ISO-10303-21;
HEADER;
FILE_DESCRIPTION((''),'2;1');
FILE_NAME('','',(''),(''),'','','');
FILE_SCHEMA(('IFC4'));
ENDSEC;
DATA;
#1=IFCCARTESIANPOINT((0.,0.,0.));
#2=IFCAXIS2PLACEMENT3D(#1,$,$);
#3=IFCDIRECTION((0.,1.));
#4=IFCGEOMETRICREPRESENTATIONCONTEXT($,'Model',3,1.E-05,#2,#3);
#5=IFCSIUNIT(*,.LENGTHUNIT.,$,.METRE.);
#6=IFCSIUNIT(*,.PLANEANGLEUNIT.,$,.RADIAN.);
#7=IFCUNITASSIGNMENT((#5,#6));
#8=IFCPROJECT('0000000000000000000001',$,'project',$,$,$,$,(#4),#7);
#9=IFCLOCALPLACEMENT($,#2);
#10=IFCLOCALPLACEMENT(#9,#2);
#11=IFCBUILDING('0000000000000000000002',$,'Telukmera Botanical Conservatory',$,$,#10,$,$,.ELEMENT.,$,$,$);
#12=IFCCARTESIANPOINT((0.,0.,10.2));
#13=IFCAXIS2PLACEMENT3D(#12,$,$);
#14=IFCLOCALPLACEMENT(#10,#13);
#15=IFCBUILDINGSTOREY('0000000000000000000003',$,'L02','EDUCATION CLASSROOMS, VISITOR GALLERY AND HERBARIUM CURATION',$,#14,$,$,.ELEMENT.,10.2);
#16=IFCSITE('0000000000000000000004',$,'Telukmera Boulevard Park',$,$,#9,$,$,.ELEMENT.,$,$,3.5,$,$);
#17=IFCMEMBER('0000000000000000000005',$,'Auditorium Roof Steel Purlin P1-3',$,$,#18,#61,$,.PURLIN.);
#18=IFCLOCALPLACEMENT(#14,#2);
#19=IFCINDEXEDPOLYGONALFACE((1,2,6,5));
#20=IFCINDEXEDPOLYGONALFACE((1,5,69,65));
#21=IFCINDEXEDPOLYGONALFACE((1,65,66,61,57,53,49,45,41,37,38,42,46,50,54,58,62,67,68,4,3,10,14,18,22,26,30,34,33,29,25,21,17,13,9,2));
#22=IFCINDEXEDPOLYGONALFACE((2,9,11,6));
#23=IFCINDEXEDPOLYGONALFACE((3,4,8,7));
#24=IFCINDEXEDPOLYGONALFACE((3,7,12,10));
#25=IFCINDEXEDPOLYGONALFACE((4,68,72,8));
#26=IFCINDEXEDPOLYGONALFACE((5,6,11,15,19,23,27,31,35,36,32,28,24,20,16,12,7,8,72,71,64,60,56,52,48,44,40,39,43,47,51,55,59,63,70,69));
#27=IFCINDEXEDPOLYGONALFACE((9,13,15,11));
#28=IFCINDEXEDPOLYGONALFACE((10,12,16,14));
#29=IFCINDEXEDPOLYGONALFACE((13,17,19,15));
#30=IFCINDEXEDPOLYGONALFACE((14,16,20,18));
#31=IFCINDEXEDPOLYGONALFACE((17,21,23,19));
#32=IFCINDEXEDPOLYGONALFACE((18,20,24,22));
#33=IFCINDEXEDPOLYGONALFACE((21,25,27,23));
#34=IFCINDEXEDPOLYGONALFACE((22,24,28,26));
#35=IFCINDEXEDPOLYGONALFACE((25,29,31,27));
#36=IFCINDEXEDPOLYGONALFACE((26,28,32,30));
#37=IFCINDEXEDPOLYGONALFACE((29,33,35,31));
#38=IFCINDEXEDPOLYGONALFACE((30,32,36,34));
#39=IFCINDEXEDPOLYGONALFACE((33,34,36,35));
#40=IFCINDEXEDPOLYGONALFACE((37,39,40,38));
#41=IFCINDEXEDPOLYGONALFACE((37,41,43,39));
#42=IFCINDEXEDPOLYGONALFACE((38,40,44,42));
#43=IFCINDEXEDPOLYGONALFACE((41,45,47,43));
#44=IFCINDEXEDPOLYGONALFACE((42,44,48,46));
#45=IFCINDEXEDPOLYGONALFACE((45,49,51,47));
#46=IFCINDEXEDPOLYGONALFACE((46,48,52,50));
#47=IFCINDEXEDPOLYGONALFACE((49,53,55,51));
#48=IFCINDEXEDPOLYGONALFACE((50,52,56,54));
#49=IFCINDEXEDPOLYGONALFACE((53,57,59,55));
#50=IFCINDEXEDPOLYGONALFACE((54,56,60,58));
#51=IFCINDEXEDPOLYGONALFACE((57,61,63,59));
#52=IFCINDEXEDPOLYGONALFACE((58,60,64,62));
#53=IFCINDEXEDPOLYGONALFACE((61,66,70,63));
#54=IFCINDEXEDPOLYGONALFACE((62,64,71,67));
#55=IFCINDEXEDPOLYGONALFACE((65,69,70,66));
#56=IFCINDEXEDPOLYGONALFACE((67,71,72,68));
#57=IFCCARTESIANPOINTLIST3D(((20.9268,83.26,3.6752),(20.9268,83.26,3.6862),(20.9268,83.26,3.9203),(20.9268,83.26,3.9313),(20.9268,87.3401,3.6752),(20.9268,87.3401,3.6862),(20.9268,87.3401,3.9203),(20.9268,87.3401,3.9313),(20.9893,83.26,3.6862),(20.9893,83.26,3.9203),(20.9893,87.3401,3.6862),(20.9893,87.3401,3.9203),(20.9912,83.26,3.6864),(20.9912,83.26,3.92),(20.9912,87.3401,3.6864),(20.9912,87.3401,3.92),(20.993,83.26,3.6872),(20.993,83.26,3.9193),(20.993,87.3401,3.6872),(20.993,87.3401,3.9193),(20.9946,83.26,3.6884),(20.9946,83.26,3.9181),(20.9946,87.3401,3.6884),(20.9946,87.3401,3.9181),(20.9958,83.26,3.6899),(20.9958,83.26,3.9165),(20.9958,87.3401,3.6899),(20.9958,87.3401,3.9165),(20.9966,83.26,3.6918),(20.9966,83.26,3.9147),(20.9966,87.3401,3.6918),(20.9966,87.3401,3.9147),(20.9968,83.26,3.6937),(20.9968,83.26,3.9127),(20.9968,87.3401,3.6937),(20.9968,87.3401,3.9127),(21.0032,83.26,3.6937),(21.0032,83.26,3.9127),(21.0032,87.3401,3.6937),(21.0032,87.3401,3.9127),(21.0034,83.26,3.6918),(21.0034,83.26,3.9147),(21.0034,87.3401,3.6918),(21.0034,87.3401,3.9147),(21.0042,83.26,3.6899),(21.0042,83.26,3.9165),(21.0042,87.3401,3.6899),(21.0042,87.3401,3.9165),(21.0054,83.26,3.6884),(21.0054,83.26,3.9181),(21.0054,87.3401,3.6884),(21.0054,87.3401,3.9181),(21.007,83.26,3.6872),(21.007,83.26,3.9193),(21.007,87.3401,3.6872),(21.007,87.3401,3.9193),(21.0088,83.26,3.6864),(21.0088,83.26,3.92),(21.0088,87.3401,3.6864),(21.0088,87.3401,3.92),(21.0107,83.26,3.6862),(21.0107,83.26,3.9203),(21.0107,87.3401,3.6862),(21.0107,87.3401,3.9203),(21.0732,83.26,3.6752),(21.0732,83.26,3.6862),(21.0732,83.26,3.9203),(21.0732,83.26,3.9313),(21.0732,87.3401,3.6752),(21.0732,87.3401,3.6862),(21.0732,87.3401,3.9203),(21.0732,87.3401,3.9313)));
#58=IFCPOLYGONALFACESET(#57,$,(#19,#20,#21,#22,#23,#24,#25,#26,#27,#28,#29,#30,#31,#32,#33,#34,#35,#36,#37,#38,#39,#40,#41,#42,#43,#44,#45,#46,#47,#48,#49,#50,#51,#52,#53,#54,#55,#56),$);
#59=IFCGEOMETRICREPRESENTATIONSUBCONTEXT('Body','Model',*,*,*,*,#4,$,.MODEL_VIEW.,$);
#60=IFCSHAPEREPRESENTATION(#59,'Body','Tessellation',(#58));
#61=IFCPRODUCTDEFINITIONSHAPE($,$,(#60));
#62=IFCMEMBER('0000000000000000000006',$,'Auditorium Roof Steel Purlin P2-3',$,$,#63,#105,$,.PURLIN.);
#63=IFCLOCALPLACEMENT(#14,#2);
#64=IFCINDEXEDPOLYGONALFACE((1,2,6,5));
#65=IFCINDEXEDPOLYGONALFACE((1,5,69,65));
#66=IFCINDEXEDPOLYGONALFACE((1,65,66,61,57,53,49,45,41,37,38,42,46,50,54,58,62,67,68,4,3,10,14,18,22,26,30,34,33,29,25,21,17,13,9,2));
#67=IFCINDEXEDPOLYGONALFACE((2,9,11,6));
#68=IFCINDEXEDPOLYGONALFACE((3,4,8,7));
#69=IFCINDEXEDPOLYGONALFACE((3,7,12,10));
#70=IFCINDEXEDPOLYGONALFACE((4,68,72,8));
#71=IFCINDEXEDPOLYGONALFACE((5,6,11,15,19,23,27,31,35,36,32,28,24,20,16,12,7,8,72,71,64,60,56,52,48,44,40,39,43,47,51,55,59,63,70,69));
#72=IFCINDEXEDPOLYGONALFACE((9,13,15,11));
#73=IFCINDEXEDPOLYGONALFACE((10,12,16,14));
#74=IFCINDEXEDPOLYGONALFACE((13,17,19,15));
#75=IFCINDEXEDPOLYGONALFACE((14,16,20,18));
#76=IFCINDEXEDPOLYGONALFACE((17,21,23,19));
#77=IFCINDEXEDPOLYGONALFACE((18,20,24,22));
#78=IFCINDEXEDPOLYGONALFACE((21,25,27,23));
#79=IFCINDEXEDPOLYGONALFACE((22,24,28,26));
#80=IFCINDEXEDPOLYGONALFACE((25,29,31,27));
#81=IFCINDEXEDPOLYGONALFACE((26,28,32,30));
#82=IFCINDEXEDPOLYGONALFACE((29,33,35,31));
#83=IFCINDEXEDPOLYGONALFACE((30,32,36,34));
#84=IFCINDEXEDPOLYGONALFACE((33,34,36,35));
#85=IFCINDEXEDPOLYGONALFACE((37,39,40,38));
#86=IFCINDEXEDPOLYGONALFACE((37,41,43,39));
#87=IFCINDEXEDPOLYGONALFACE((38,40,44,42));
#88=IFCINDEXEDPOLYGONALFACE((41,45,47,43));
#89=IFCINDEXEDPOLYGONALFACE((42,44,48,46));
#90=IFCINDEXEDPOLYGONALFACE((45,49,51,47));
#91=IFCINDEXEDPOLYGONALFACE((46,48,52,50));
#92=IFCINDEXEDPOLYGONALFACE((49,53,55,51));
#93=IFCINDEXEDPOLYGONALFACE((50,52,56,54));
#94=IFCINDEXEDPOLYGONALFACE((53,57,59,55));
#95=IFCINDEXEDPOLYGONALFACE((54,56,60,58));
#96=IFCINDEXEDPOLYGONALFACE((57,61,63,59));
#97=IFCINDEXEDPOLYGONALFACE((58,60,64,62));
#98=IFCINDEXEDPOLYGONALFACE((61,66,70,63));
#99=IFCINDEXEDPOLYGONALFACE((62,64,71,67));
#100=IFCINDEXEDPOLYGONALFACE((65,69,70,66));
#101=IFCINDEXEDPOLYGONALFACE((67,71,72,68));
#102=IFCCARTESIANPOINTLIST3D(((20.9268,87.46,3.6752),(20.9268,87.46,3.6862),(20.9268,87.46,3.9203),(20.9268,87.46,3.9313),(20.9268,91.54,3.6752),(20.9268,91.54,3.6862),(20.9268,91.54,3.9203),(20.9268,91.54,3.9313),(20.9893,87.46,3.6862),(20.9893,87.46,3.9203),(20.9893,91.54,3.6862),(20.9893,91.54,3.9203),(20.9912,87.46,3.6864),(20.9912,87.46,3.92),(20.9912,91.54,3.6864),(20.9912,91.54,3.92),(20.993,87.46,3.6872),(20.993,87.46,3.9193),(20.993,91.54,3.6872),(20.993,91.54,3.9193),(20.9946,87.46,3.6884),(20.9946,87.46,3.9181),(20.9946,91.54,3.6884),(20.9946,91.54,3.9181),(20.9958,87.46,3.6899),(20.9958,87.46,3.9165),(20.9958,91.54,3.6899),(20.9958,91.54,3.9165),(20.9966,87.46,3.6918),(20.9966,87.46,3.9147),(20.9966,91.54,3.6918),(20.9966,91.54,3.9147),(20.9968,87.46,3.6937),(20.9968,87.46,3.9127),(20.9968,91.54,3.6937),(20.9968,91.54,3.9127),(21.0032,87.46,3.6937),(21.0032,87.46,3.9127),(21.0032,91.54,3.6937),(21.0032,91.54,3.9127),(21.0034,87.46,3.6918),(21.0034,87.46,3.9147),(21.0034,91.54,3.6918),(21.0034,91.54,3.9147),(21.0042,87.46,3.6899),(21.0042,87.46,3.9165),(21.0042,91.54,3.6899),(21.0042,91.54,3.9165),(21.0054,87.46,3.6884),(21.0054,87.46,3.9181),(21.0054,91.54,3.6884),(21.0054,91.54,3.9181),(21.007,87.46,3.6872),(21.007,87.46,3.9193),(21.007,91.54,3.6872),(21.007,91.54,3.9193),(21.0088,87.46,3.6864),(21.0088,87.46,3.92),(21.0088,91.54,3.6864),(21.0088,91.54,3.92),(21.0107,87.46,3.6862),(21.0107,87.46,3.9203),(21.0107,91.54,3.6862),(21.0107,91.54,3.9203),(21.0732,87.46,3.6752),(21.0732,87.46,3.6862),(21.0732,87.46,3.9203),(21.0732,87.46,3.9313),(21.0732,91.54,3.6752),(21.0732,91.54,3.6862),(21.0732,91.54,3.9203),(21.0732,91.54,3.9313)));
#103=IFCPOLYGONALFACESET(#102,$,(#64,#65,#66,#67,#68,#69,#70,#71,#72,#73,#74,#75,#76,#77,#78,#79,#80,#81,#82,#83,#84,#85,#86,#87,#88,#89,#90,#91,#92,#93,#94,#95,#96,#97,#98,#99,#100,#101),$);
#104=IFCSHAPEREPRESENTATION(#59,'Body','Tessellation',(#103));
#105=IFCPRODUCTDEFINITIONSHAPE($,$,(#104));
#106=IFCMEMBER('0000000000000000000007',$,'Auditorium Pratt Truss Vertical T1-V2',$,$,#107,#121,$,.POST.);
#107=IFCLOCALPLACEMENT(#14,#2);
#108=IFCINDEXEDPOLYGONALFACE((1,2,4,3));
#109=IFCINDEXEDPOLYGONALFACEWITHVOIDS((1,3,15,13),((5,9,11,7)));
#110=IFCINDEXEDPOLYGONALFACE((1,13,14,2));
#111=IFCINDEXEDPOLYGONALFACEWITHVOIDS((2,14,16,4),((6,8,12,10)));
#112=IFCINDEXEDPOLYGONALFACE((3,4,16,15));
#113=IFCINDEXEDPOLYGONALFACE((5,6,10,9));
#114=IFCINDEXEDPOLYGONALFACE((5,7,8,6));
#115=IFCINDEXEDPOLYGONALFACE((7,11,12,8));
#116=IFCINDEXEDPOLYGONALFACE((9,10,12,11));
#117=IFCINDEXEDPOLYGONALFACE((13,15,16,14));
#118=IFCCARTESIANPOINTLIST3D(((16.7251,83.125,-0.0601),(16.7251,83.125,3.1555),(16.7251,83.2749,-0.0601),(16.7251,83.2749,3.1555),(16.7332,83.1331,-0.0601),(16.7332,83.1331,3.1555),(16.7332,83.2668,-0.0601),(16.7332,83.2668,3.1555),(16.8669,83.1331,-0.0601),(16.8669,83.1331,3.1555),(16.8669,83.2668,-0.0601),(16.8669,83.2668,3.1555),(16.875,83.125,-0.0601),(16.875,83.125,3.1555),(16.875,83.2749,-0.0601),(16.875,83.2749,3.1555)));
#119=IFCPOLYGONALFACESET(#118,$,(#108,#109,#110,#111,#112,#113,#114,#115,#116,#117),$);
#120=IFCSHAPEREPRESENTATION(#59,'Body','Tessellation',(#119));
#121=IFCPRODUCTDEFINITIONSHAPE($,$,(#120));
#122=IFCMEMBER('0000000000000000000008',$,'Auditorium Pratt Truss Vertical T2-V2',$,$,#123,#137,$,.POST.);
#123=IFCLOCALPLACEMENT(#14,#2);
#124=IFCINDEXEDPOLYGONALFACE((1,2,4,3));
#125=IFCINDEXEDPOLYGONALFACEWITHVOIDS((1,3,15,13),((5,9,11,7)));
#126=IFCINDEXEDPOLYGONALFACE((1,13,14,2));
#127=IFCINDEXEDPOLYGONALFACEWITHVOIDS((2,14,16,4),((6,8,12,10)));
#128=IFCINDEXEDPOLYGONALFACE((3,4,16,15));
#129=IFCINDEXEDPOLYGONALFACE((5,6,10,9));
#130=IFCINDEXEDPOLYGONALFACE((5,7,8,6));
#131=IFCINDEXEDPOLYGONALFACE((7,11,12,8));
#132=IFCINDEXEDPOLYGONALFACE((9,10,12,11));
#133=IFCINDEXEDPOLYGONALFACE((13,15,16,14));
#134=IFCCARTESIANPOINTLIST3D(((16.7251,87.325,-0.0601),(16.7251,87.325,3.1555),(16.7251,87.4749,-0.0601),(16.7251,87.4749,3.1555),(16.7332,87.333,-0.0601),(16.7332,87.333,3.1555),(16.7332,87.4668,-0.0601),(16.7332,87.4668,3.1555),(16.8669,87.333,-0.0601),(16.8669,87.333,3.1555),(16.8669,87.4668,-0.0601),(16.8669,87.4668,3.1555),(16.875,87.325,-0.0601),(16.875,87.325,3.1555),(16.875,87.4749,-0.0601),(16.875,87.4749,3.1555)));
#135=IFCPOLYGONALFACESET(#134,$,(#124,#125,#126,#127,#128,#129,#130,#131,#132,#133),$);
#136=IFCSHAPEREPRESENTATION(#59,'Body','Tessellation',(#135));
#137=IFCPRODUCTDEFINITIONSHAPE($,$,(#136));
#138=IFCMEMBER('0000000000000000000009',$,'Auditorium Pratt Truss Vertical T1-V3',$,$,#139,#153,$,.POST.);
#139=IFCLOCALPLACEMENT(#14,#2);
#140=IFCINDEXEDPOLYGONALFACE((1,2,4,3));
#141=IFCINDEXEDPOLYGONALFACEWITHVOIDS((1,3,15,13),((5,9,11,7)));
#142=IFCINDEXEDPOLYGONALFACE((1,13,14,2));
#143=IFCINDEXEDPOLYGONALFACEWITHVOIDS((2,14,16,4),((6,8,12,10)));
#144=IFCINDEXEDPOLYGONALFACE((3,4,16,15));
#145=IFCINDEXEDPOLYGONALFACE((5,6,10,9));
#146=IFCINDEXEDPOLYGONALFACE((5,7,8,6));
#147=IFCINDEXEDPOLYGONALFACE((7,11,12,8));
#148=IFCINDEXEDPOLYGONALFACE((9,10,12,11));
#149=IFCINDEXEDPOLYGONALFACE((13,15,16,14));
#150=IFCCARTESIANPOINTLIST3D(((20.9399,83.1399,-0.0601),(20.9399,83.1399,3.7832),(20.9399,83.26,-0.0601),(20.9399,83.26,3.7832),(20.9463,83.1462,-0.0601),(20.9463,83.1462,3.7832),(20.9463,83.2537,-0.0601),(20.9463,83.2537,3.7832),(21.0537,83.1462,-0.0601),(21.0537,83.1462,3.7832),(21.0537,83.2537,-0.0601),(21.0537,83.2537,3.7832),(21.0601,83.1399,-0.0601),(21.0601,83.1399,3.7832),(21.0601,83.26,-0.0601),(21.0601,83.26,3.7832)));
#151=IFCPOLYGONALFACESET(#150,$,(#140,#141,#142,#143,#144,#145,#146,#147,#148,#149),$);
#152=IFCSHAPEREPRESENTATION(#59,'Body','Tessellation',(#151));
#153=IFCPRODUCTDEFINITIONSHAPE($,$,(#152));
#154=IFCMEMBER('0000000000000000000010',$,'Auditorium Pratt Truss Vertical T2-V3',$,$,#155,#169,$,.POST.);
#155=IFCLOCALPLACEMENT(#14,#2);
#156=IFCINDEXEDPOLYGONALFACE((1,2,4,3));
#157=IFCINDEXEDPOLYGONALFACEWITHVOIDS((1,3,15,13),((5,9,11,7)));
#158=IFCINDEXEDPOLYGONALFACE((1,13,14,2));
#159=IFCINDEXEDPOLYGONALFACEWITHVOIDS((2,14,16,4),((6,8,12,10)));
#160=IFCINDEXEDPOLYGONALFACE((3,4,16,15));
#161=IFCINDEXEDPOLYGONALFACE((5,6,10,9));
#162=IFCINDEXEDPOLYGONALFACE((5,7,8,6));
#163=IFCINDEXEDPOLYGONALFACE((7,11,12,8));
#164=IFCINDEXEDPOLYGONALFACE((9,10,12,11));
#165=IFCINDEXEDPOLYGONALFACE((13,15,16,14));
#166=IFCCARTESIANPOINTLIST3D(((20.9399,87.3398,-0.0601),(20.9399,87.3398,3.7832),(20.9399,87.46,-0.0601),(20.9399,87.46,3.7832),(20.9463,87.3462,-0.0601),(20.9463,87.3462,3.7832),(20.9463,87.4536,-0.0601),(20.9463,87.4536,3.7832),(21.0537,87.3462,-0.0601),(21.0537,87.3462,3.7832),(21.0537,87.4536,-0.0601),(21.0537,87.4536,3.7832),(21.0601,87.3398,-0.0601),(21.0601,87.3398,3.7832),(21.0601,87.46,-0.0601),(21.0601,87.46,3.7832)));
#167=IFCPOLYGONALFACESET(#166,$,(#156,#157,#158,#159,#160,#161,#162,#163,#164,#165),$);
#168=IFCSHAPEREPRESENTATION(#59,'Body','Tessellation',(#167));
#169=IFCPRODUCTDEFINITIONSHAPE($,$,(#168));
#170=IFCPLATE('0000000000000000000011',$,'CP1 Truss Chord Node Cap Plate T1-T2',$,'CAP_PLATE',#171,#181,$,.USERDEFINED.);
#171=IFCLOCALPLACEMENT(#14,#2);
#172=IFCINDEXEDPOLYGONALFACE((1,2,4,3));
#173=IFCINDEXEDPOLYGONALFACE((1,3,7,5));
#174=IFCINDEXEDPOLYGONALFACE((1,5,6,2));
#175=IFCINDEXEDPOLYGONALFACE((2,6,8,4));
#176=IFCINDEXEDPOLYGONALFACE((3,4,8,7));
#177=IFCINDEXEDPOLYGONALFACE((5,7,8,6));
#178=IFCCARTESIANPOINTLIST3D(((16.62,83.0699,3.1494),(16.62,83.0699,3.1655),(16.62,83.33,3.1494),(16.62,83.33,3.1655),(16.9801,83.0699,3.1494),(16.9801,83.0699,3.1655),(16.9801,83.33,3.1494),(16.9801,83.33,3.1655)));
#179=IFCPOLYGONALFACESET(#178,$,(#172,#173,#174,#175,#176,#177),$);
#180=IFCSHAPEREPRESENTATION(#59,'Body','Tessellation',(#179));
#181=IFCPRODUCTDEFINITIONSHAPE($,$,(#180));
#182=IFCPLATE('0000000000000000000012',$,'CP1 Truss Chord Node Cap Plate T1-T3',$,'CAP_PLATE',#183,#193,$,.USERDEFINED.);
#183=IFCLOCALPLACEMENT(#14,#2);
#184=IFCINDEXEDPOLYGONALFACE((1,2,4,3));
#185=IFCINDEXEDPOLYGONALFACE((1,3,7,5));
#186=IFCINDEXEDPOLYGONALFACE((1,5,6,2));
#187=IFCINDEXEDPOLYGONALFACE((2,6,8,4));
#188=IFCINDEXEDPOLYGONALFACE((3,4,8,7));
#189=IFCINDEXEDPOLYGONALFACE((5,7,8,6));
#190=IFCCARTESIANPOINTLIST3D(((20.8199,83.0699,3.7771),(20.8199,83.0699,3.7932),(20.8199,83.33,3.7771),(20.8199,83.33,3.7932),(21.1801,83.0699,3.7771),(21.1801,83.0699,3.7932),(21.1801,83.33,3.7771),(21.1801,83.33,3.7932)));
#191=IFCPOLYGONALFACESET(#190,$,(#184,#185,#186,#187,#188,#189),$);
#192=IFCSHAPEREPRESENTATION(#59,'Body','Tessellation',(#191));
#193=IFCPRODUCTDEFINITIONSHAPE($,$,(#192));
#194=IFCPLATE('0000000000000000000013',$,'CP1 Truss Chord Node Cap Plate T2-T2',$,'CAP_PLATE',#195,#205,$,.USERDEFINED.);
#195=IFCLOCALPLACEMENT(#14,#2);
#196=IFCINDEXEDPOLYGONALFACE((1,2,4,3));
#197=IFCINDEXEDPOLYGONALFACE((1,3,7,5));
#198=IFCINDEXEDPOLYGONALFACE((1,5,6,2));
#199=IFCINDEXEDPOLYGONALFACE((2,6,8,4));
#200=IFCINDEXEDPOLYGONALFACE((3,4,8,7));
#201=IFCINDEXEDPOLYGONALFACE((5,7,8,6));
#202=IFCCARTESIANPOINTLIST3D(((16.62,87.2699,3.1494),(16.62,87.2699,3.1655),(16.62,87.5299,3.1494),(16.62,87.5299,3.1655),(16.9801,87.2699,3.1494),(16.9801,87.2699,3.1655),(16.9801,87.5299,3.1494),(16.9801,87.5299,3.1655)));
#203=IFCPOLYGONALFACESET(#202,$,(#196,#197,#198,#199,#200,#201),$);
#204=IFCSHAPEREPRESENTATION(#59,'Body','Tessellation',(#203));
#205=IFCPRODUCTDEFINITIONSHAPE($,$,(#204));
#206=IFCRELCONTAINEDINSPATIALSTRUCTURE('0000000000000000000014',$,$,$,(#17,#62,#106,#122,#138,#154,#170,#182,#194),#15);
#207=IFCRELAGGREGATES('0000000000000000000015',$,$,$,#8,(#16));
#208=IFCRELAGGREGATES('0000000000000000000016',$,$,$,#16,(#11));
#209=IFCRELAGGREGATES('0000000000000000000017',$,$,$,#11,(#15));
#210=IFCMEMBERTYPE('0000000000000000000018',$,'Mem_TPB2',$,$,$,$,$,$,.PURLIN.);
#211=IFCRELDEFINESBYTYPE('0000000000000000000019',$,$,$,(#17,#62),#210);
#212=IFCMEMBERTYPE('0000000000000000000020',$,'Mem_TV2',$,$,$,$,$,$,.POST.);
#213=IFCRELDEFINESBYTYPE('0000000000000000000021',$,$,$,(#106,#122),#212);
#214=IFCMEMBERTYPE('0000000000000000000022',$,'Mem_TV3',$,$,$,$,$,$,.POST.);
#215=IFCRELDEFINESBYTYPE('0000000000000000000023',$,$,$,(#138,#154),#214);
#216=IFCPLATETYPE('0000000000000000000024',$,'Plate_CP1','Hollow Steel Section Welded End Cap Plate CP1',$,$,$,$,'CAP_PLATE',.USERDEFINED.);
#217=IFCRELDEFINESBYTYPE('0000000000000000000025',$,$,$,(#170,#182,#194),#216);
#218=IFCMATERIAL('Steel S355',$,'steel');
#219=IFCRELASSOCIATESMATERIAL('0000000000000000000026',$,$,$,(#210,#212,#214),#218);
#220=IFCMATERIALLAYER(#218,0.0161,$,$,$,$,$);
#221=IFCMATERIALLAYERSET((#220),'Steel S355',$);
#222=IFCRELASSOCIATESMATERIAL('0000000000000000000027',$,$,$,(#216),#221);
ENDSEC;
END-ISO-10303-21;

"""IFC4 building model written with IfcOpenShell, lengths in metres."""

from ifc_helpers import new_model, si_unit, direction, frame, origin, origin_2d, place, context, subcontext, project, spatial, rectangle, hollow_rectangle, i_section, extrude, material, layer, layer_set, material_profile, profile_set, type_object, element, save


model = new_model("IFC4")

# Units and contexts
model_context = context("Model", 3, precision=1e-05, world=origin(), true_north=direction((0.0, 1.0)))
body_context = subcontext(model_context, "Body", "Model", "MODEL_VIEW")
ifc_project = project(units=[si_unit("LENGTHUNIT", "METRE"), si_unit("PLANEANGLEUNIT", "RADIAN")], contexts=[model_context])

# Site, building, storey
site_placement = place(None, origin())
site = spatial("IfcSite", under=ifc_project, at=site_placement, Name="Telukmera Boulevard Park", CompositionType="ELEMENT", RefElevation=3.5)
building_placement = place(site_placement, origin())
building = spatial("IfcBuilding", under=site, at=building_placement, Name="Telukmera Botanical Conservatory", CompositionType="ELEMENT")
storey_placement = place(building_placement, frame((0.0, 0.0, 10.2)))
storey = spatial("IfcBuildingStorey", under=building, at=storey_placement, Name="L02", Description="EDUCATION CLASSROOMS, VISITOR GALLERY AND HERBARIUM CURATION", CompositionType="ELEMENT", Elevation=10.2)

# Members
ifc_material_1 = material(Name="Steel S355", Category="steel")
ifc_material_profile_1 = material_profile(ifc_material_1, i_section(OverallWidth=0.1465, OverallDepth=0.2561, WebThickness=0.0063, FlangeThickness=0.011, FilletRadius=0.0076, at=origin_2d()), Name="UB 254x146x37")
ifc_profile_set_1 = profile_set([ifc_material_profile_1], Name="Steel S355")
member_type_1 = type_object("IfcMemberType", Name="Mem_TPB2", PredefinedType="PURLIN", material=ifc_profile_set_1)
for number, where, z_axis, x_axis, name in (
    (1, (21.0, 83.26, 3.8032), (0.0, 1.0, 0.0), (-1.0, 0.0, 0.0), "Auditorium Roof Steel Purlin P1-3"),
    (2, (21.0, 87.46, 3.8032), (0.0, 1.0, 0.0), (-1.0, 0.0, 0.0), "Auditorium Roof Steel Purlin P2-3"),
):
    element("IfcMember", number, at=place(storey_placement, frame(where, z_axis=z_axis, x_axis=x_axis)), inside=storey, type_object=member_type_1, Name=name, PredefinedType="PURLIN", context=body_context, shape_type="SweptSolid", body=[
        extrude(i_section(OverallWidth=0.1465, OverallDepth=0.2561, WebThickness=0.0063, FlangeThickness=0.011, FilletRadius=0.0076, at=origin_2d()), origin(), (0.0, 0.0, 1.0), 4.0801),
    ])
ifc_material_profile_2 = material_profile(ifc_material_1, hollow_rectangle(XDim=0.1499, YDim=0.1499, WallThickness=0.0081, at=origin_2d()), Name="SHS 150x150x8.0")
ifc_profile_set_2 = profile_set([ifc_material_profile_2], Name="Steel S355")
member_type_2 = type_object("IfcMemberType", Name="Mem_TV2", PredefinedType="POST", material=ifc_profile_set_2)
for number, where, z_axis, x_axis, name in (
    (3, (16.8, 83.2, -0.0601), (0.0, 0.0, 1.0), (1.0, 0.0, 0.0), "Auditorium Pratt Truss Vertical T1-V2"),
    (4, (16.8, 87.3999, -0.0601), (0.0, 0.0, 1.0), (1.0, 0.0, 0.0), "Auditorium Pratt Truss Vertical T2-V2"),
):
    element("IfcMember", number, at=place(storey_placement, frame(where, z_axis=z_axis, x_axis=x_axis)), inside=storey, type_object=member_type_2, Name=name, PredefinedType="POST", context=body_context, shape_type="SweptSolid", body=[
        extrude(hollow_rectangle(XDim=0.1499, YDim=0.1499, WallThickness=0.0081, at=origin_2d()), origin(), (0.0, 0.0, 1.0), 3.2156),
    ])
ifc_material_profile_3 = material_profile(ifc_material_1, hollow_rectangle(XDim=0.1201, YDim=0.1201, WallThickness=0.0063, at=origin_2d()), Name="SHS 120x120x6.3")
ifc_profile_set_3 = profile_set([ifc_material_profile_3], Name="Steel S355")
member_type_3 = type_object("IfcMemberType", Name="Mem_TV3", PredefinedType="POST", material=ifc_profile_set_3)
for number, where, z_axis, x_axis, name in (
    (5, (21.0, 83.2, -0.0601), (0.0, 0.0, 1.0), (1.0, 0.0, 0.0), "Auditorium Pratt Truss Vertical T1-V3"),
    (6, (21.0, 87.3999, -0.0601), (0.0, 0.0, 1.0), (1.0, 0.0, 0.0), "Auditorium Pratt Truss Vertical T2-V3"),
):
    element("IfcMember", number, at=place(storey_placement, frame(where, z_axis=z_axis, x_axis=x_axis)), inside=storey, type_object=member_type_3, Name=name, PredefinedType="POST", context=body_context, shape_type="SweptSolid", body=[
        extrude(hollow_rectangle(XDim=0.1201, YDim=0.1201, WallThickness=0.0063, at=origin_2d()), origin(), (0.0, 0.0, 1.0), 3.8433),
    ])

# Plates
ifc_layer_1 = layer(ifc_material_1, 0.0161)
ifc_layer_set_1 = layer_set([ifc_layer_1], Name="Steel S355")
plate_type_1 = type_object("IfcPlateType", Name="Plate_CP1", Description="Hollow Steel Section Welded End Cap Plate CP1", ElementType="CAP_PLATE", PredefinedType="USERDEFINED", material=ifc_layer_set_1)
for number, where, z_axis, x_axis, name in (
    (7, (16.8, 83.2, 3.1494), (0.0, 0.0, 1.0), (1.0, 0.0, 0.0), "CP1 Truss Chord Node Cap Plate T1-T2"),
    (8, (21.0, 83.2, 3.7771), (0.0, 0.0, 1.0), (1.0, 0.0, 0.0), "CP1 Truss Chord Node Cap Plate T1-T3"),
    (9, (16.8, 87.3999, 3.1494), (0.0, 0.0, 1.0), (1.0, 0.0, 0.0), "CP1 Truss Chord Node Cap Plate T2-T2"),
):
    element("IfcPlate", number, at=place(storey_placement, frame(where, z_axis=z_axis, x_axis=x_axis)), inside=storey, type_object=plate_type_1, Name=name, ObjectType="CAP_PLATE", PredefinedType="USERDEFINED", context=body_context, shape_type="SweptSolid", body=[
        extrude(rectangle(XDim=0.3601, YDim=0.26, at=origin_2d()), origin(), (0.0, 0.0, 1.0), 0.0161),
    ])

save(model, "model.ifc")
